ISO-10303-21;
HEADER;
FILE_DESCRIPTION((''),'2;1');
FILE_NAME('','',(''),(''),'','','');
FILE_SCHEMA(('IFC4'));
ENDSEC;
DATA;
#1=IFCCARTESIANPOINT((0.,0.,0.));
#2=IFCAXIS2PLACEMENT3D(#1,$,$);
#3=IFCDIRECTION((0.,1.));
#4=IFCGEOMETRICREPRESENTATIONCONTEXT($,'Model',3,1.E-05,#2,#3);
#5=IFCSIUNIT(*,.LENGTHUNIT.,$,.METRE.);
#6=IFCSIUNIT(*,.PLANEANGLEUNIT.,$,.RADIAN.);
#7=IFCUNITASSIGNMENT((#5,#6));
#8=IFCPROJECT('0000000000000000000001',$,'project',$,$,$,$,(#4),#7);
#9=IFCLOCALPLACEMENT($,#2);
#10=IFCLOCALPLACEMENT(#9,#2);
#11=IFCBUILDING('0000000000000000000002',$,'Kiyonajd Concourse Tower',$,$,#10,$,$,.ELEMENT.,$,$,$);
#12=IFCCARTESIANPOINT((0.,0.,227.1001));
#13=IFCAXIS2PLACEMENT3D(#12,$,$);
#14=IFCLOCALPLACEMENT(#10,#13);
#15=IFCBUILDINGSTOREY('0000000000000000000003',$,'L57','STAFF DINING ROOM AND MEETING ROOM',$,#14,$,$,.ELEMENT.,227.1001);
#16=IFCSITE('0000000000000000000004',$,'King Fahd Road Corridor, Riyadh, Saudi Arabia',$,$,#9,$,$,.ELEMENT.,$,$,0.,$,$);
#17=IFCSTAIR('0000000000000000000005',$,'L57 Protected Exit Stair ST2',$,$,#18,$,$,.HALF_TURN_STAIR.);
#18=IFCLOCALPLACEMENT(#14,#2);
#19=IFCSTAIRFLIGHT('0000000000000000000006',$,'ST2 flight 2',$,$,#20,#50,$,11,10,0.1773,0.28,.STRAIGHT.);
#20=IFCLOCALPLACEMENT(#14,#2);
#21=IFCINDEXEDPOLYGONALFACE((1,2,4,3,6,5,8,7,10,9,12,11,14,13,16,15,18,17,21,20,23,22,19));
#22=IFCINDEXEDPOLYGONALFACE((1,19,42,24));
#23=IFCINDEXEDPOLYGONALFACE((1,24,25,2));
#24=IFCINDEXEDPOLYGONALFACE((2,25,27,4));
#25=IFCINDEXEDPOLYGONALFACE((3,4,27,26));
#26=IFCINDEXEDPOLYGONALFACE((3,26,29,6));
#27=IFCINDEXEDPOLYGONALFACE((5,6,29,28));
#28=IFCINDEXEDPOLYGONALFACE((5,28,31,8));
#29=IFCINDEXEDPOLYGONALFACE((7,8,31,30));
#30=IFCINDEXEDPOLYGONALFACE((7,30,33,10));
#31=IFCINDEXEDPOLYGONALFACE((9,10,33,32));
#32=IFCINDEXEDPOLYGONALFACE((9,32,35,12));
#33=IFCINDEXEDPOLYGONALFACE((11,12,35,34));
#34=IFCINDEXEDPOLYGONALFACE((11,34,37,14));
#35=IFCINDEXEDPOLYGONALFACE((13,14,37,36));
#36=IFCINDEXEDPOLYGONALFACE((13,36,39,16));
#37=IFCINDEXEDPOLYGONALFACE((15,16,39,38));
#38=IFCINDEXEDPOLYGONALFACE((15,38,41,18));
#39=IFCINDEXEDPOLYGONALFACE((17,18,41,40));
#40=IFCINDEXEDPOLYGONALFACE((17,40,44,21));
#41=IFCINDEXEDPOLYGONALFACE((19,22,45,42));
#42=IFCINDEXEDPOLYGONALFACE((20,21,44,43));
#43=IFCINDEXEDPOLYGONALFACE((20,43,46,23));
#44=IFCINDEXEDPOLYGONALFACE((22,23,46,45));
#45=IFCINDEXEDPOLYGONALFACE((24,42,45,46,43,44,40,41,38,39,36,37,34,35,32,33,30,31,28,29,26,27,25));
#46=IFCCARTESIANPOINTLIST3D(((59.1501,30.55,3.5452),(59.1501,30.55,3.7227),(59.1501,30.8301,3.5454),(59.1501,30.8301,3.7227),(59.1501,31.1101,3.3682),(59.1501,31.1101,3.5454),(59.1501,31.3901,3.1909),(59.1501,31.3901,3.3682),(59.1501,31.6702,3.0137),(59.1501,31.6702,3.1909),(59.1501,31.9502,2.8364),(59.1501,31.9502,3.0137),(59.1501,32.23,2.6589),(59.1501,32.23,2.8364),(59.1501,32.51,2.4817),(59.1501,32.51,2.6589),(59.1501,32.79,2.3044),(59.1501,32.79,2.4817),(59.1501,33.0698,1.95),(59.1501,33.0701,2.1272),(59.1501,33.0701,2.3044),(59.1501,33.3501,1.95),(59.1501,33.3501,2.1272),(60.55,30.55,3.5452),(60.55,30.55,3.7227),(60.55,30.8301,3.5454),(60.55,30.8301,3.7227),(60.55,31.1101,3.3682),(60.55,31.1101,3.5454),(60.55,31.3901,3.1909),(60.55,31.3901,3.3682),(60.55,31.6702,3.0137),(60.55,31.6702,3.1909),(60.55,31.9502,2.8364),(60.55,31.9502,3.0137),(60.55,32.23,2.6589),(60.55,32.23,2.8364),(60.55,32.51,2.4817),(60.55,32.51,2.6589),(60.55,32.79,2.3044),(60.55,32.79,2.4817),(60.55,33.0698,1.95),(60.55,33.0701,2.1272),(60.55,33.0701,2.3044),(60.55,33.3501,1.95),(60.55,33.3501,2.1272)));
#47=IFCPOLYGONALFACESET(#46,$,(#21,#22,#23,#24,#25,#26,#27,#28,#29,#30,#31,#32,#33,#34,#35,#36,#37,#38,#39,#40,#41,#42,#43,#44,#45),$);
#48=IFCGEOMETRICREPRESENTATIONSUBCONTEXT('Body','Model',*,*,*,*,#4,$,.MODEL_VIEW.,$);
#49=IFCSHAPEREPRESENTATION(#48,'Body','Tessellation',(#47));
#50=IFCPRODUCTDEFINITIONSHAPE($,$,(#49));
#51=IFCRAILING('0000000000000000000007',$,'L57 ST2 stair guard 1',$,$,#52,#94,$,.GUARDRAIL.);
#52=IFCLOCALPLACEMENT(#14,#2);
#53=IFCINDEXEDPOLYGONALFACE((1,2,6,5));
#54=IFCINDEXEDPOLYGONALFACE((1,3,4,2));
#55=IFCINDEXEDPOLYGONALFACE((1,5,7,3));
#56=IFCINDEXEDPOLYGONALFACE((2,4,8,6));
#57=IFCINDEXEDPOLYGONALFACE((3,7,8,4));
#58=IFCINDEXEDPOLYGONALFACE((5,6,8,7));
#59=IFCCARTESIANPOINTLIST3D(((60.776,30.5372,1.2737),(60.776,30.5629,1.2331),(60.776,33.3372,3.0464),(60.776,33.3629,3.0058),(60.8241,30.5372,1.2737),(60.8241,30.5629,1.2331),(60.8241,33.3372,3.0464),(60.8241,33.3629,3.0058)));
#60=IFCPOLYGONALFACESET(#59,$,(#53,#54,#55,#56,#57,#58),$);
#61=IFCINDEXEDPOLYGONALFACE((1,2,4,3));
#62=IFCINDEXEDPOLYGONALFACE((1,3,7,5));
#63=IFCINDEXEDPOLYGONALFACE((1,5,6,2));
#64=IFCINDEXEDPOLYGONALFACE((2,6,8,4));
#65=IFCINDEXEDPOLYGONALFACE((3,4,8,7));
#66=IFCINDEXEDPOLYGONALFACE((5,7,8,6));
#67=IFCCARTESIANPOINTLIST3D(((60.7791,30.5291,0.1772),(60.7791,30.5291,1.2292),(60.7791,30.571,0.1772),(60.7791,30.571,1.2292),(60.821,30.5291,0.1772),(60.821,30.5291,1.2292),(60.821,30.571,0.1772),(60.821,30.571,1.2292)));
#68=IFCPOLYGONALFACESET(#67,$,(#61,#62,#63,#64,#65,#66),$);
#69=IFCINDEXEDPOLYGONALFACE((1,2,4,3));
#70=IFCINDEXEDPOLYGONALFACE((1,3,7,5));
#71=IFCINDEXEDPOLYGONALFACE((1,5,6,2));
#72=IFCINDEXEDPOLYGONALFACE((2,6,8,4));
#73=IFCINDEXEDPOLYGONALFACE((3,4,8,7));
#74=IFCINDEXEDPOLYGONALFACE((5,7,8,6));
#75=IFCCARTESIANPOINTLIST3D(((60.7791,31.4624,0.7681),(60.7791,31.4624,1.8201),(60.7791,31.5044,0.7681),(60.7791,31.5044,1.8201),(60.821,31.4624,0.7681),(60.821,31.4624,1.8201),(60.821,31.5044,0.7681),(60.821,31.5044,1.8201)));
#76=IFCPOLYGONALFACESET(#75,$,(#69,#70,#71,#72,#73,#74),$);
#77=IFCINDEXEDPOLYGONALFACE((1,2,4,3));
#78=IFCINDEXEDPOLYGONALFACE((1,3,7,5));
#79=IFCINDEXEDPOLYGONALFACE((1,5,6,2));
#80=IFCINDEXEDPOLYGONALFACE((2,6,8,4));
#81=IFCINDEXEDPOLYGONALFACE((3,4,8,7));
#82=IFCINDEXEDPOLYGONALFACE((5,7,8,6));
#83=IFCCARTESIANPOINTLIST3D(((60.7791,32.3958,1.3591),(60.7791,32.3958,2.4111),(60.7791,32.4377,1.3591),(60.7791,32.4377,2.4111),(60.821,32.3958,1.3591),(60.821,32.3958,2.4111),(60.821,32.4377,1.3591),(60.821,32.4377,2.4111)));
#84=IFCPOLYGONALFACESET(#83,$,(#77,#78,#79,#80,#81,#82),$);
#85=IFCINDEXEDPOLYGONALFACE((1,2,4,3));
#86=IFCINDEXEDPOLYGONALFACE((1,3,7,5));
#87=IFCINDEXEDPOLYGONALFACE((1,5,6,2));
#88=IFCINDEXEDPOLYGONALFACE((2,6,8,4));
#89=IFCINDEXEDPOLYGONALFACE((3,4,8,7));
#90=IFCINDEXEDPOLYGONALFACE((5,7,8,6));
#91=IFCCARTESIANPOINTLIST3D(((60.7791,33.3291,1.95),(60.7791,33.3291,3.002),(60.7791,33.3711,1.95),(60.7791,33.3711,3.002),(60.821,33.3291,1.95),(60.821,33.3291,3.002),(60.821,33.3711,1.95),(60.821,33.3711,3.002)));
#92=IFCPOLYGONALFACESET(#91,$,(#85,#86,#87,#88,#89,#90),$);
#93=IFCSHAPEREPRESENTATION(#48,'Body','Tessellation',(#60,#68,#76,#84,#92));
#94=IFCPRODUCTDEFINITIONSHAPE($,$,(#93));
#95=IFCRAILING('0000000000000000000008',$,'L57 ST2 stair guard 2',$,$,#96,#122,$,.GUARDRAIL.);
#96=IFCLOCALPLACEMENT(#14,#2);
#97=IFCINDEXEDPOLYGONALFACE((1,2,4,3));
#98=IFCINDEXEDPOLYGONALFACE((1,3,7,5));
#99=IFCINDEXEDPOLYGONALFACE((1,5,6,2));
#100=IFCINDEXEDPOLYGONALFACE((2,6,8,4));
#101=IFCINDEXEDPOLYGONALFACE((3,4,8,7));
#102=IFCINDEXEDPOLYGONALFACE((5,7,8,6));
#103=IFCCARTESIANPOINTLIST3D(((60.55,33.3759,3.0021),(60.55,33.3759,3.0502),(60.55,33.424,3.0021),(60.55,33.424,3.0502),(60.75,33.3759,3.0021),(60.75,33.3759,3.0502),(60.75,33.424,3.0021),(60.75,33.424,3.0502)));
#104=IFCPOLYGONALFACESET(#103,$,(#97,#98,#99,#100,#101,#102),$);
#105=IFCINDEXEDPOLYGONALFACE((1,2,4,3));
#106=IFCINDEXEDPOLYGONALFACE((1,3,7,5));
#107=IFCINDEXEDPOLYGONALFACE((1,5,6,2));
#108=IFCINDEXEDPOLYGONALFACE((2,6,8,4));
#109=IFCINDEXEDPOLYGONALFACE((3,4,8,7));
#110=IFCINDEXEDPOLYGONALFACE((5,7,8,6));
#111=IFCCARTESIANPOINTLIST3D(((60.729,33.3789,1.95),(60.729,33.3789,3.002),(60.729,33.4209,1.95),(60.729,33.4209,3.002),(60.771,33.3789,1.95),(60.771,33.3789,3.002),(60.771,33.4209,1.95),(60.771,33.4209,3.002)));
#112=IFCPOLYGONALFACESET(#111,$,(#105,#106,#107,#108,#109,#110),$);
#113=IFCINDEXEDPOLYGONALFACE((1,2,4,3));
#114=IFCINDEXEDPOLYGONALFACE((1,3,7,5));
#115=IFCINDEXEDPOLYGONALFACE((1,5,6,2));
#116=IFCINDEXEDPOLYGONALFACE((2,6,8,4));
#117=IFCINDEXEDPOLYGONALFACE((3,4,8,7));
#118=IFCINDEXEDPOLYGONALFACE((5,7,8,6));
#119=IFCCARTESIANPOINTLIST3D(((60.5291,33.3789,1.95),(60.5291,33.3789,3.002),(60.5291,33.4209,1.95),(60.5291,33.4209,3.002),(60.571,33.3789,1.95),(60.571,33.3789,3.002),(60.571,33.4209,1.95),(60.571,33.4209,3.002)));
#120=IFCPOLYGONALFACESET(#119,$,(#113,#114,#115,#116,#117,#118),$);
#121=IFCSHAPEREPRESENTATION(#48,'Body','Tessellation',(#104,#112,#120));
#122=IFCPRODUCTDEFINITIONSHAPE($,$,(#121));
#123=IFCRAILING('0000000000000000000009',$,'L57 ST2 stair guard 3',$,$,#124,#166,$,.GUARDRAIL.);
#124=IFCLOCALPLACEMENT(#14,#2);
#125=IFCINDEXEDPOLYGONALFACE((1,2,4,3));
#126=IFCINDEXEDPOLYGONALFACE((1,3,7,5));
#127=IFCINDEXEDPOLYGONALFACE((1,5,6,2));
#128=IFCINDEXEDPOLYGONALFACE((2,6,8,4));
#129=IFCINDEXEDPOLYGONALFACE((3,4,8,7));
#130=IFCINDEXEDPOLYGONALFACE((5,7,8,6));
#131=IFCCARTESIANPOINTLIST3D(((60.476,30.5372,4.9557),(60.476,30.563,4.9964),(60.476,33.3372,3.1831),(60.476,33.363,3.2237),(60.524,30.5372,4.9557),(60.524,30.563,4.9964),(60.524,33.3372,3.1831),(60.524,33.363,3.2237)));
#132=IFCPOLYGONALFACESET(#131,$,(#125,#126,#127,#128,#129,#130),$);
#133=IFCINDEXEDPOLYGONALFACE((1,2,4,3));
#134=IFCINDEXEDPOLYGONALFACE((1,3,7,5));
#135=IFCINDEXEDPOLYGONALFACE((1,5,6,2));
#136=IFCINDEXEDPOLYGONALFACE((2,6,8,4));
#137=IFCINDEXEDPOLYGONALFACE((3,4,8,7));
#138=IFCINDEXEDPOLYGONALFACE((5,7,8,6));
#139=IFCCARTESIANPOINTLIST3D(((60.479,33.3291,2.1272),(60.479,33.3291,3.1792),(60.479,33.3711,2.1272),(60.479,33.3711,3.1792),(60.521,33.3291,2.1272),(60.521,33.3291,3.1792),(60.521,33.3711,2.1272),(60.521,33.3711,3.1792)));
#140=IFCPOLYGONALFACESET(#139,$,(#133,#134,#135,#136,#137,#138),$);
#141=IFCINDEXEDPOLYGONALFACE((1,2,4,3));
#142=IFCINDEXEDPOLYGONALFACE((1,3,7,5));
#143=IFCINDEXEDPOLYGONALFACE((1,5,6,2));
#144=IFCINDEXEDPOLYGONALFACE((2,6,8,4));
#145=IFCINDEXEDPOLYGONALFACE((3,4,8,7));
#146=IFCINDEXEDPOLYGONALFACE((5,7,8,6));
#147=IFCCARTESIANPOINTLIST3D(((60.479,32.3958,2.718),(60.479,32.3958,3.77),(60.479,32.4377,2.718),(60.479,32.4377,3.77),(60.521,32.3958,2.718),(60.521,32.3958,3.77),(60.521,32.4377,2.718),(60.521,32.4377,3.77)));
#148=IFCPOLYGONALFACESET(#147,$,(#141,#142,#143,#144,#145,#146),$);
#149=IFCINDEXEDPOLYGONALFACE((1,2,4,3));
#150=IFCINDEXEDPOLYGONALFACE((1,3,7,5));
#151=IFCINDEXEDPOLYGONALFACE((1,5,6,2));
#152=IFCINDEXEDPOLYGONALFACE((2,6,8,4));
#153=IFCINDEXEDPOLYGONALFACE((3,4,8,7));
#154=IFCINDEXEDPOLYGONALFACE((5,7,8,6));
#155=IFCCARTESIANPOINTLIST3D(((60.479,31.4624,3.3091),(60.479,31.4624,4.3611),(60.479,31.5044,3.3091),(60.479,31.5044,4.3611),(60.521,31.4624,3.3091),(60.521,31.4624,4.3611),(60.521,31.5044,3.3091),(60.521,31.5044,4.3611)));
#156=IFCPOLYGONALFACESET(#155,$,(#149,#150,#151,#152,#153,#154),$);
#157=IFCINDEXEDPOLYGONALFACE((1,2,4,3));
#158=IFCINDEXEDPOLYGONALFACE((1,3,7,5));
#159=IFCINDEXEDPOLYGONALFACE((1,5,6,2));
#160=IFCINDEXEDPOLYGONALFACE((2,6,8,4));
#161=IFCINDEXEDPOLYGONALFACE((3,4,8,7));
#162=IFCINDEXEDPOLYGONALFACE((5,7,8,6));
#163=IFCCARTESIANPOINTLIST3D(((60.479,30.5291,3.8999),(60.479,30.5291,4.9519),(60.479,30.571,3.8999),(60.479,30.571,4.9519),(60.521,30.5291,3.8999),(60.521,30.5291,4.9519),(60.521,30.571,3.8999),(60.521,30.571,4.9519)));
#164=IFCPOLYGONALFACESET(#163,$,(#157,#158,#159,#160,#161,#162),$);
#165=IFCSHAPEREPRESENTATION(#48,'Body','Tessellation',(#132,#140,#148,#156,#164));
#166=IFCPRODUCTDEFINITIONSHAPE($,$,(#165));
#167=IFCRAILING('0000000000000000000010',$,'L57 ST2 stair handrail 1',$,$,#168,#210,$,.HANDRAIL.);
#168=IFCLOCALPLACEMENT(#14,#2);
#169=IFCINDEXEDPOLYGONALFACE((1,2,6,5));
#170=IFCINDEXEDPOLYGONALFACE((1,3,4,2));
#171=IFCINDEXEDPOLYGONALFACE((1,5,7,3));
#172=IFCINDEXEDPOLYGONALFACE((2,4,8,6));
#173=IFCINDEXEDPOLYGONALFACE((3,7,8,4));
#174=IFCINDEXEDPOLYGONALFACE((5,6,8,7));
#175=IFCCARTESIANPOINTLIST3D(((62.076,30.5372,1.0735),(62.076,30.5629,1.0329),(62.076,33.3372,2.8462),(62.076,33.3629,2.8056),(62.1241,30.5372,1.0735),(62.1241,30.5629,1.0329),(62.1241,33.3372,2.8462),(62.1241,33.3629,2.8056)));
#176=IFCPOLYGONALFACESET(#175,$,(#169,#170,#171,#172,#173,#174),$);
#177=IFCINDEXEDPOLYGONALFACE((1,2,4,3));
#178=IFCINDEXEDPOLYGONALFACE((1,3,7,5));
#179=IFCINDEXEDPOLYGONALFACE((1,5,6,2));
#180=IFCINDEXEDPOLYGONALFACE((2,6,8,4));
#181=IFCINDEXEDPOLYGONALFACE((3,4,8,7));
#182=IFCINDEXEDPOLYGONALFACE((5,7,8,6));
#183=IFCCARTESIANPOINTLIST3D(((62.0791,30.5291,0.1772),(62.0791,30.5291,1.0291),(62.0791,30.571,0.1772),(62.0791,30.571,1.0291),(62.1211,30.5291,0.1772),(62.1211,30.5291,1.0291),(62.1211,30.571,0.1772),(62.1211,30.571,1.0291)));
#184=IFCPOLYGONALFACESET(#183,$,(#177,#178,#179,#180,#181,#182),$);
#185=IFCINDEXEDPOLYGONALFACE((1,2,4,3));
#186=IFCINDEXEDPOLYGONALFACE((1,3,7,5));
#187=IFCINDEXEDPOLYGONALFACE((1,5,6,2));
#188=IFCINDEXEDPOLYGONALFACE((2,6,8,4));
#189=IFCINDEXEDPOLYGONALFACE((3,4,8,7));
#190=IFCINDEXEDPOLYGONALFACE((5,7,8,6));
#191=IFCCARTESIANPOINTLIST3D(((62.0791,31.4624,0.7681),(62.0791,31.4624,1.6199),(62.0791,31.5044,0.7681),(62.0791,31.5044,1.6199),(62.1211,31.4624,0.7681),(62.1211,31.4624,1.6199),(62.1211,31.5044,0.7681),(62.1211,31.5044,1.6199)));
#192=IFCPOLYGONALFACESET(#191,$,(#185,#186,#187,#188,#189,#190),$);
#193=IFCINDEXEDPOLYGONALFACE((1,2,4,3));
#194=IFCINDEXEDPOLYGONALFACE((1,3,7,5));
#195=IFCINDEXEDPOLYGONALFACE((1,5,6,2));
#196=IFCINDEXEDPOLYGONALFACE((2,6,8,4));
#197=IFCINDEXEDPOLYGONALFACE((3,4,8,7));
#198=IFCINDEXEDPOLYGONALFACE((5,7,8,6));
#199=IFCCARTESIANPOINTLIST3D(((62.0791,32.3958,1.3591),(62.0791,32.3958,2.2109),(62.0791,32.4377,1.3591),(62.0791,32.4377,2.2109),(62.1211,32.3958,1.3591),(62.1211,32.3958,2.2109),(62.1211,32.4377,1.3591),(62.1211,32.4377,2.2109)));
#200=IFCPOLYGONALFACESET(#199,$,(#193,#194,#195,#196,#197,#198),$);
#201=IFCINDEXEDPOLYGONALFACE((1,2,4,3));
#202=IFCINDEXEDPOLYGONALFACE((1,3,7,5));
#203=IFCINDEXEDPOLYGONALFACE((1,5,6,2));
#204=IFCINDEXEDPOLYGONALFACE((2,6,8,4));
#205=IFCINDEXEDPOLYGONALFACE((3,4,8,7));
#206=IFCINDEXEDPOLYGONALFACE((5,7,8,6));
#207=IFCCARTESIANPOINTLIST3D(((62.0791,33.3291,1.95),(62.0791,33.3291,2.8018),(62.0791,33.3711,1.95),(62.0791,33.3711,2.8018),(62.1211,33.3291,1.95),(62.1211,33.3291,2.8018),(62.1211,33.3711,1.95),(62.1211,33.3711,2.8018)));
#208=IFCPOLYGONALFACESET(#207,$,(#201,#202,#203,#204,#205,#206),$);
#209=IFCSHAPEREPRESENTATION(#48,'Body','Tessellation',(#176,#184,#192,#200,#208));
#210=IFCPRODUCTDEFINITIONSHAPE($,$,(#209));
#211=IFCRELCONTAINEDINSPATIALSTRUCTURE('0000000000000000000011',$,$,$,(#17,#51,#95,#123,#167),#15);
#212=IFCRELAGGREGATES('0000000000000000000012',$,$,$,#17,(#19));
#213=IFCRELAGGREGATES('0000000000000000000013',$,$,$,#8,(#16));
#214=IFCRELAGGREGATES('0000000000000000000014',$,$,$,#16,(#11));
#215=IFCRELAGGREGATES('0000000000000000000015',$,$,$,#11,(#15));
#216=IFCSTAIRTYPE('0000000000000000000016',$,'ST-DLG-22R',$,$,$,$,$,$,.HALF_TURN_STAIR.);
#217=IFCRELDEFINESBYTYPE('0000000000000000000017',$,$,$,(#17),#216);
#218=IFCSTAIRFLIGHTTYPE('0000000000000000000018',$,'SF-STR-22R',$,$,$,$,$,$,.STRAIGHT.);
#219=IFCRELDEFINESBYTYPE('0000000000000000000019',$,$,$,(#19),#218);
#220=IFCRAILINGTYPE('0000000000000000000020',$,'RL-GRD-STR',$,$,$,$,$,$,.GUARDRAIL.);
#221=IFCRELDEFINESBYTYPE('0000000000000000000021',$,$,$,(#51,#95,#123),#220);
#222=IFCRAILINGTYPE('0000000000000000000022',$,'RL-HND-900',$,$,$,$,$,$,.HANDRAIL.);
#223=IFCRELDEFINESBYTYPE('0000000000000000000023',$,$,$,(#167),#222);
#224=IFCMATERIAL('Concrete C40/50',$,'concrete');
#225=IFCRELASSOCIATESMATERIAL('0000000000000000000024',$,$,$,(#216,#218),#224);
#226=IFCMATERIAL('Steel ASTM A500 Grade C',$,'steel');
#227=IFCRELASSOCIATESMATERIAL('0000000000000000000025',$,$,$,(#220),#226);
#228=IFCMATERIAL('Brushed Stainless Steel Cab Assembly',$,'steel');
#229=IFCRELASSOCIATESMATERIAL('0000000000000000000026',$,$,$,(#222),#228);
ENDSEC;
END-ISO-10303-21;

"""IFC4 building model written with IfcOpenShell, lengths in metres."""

from ifc_helpers import new_model, si_unit, direction, frame, origin, origin_2d, place, context, subcontext, project, spatial, polyline, rectangle, outline, extrude, material, type_object, element, aggregate, save


model = new_model("IFC4")

# Units and contexts
model_context = context("Model", 3, precision=1e-05, world=origin(), true_north=direction((0.0, 1.0)))
body_context = subcontext(model_context, "Body", "Model", "MODEL_VIEW")
ifc_project = project(units=[si_unit("LENGTHUNIT", "METRE"), si_unit("PLANEANGLEUNIT", "RADIAN")], contexts=[model_context])

# Site, building, storey
site_placement = place(None, origin())
site = spatial("IfcSite", under=ifc_project, at=site_placement, Name="King Fahd Road Corridor, Riyadh, Saudi Arabia", CompositionType="ELEMENT", RefElevation=0.0)
building_placement = place(site_placement, origin())
building = spatial("IfcBuilding", under=site, at=building_placement, Name="Kiyonajd Concourse Tower", CompositionType="ELEMENT")
storey_placement = place(building_placement, frame((0.0, 0.0, 227.1001)))
storey = spatial("IfcBuildingStorey", under=building, at=storey_placement, Name="L57", Description="STAFF DINING ROOM AND MEETING ROOM", CompositionType="ELEMENT", Elevation=227.1001)

# Shared definitions
ifc_material_1 = material(Name="Brushed Stainless Steel Cab Assembly", Category="steel")

# Stair, stair flight
ifc_material_2 = material(Name="Concrete C40/50", Category="concrete")
stair_type = type_object("IfcStairType", Name="ST-DLG-22R", PredefinedType="HALF_TURN_STAIR", material=ifc_material_2)
stair_placement = place(storey_placement, origin())
stair = element("IfcStair", 1, at=stair_placement, inside=storey, type_object=stair_type, Name="L57 Protected Exit Stair ST2", PredefinedType="HALF_TURN_STAIR")
stair_flight_type = type_object("IfcStairFlightType", Name="SF-STR-22R", PredefinedType="STRAIGHT", material=ifc_material_2)
stair_flight_1_placement = place(storey_placement, frame((59.8501, 33.3501, 1.95), z_axis=(0.0, 0.0, 1.0), x_axis=(0.0, -1.0, 0.0)))
stair_flight_1 = element("IfcStairFlight", 2, at=stair_flight_1_placement, type_object=stair_flight_type, Name="ST2 flight 2", NumberOfRisers=11, NumberOfTreads=10, PredefinedType="STRAIGHT", RiserHeight=0.1773, TreadLength=0.28, context=body_context, shape_type="SweptSolid", body=[
    extrude(outline(polyline([(0.0, 0.0), (0.0, 0.1772), (0.28, 0.1772), (0.28, 0.3545), (0.5601, 0.3545), (0.5601, 0.5317), (0.8401, 0.5317), (0.8401, 0.709), (1.1201, 0.709), (1.1201, 0.8865), (1.3999, 0.8865), (1.3999, 1.0637), (1.6799, 1.0637), (1.6799, 1.241), (1.96, 1.241), (1.96, 1.4182), (2.24, 1.4182), (2.24, 1.5955), (2.52, 1.5955), (2.52, 1.7727), (2.8, 1.7727), (2.8, 1.95), (2.8, 1.5952), (0.2803, 0.0), (0.0, 0.0)])), frame((0.0, 0.7, 0.0), z_axis=(0.0, -1.0, 0.0), x_axis=(1.0, 0.0, 0.0)), (0.0, 0.0, 1.0), 1.3999),
])
aggregate(stair, [stair_flight_1])

# Railings
ifc_material_3 = material(Name="Steel ASTM A500 Grade C", Category="steel")
railing_type_1 = type_object("IfcRailingType", Name="RL-GRD-STR", PredefinedType="GUARDRAIL", material=ifc_material_3)
railing_1_placement = place(storey_placement, frame((60.8, 30.55, 0.1772)))
element("IfcRailing", 3, at=railing_1_placement, inside=storey, type_object=railing_type_1, Name="L57 ST2 stair guard 1", PredefinedType="GUARDRAIL", context=body_context, shape_type="SweptSolid", body=[
    extrude(rectangle(XDim=0.0481, YDim=0.0481, at=origin_2d()), frame((0.0, 0.0, 1.0762), z_axis=(0.0, 0.844909, 0.53491), x_axis=(-1.0, 0.0, 0.0)), (0.0, 0.0, 1.0), 3.314),
    extrude(rectangle(XDim=0.042, YDim=0.042, at=origin_2d()), origin(), (0.0, 0.0, 1.0), 1.052),
    extrude(rectangle(XDim=0.042, YDim=0.042, at=origin_2d()), frame((0.0, 0.9333, 0.5908)), (0.0, 0.0, 1.0), 1.052),
    extrude(rectangle(XDim=0.042, YDim=0.042, at=origin_2d()), frame((0.0, 1.8667, 1.1819)), (0.0, 0.0, 1.0), 1.052),
    extrude(rectangle(XDim=0.042, YDim=0.042, at=origin_2d()), frame((0.0, 2.8, 1.7727)), (0.0, 0.0, 1.0), 1.052),
])
railing_2_placement = place(storey_placement, frame((60.75, 33.3999, 1.95)))
element("IfcRailing", 4, at=railing_2_placement, inside=storey, type_object=railing_type_1, Name="L57 ST2 stair guard 2", PredefinedType="GUARDRAIL", context=body_context, shape_type="SweptSolid", body=[
    extrude(rectangle(XDim=0.0481, YDim=0.0481, at=origin_2d()), frame((0.0, 0.0, 1.0762), z_axis=(-1.0, 0.0, 0.0), x_axis=(0.0, -1.0, 0.0)), (0.0, 0.0, 1.0), 0.2),
    extrude(rectangle(XDim=0.042, YDim=0.042, at=origin_2d()), origin(), (0.0, 0.0, 1.0), 1.052),
    extrude(rectangle(XDim=0.042, YDim=0.042, at=origin_2d()), frame((-0.2, 0.0, 0.0)), (0.0, 0.0, 1.0), 1.052),
])
railing_3_placement = place(storey_placement, frame((60.5, 33.3501, 2.1272)))
element("IfcRailing", 5, at=railing_3_placement, inside=storey, type_object=railing_type_1, Name="L57 ST2 stair guard 3", PredefinedType="GUARDRAIL", context=body_context, shape_type="SweptSolid", body=[
    extrude(rectangle(XDim=0.0481, YDim=0.0481, at=origin_2d()), frame((0.0, 0.0, 1.0762), z_axis=(0.0, -0.844909, 0.53491), x_axis=(1.0, 0.0, 0.0)), (0.0, 0.0, 1.0), 3.314),
    extrude(rectangle(XDim=0.042, YDim=0.042, at=origin_2d()), origin(), (0.0, 0.0, 1.0), 1.052),
    extrude(rectangle(XDim=0.042, YDim=0.042, at=origin_2d()), frame((0.0, -0.9333, 0.5908)), (0.0, 0.0, 1.0), 1.052),
    extrude(rectangle(XDim=0.042, YDim=0.042, at=origin_2d()), frame((0.0, -1.8667, 1.1819)), (0.0, 0.0, 1.0), 1.052),
    extrude(rectangle(XDim=0.042, YDim=0.042, at=origin_2d()), frame((0.0, -2.8, 1.7727)), (0.0, 0.0, 1.0), 1.052),
])
railing_type_2 = type_object("IfcRailingType", Name="RL-HND-900", PredefinedType="HANDRAIL", material=ifc_material_1)
railing_4_placement = place(storey_placement, frame((62.1001, 30.55, 0.1772)))
element("IfcRailing", 6, at=railing_4_placement, inside=storey, type_object=railing_type_2, Name="L57 ST2 stair handrail 1", PredefinedType="HANDRAIL", context=body_context, shape_type="SweptSolid", body=[
    extrude(rectangle(XDim=0.0481, YDim=0.0481, at=origin_2d()), frame((0.0, 0.0, 0.876), z_axis=(0.0, 0.844909, 0.53491), x_axis=(-1.0, 0.0, 0.0)), (0.0, 0.0, 1.0), 3.314),
    extrude(rectangle(XDim=0.042, YDim=0.042, at=origin_2d()), origin(), (0.0, 0.0, 1.0), 0.8518),
    extrude(rectangle(XDim=0.042, YDim=0.042, at=origin_2d()), frame((0.0, 0.9333, 0.5908)), (0.0, 0.0, 1.0), 0.8518),
    extrude(rectangle(XDim=0.042, YDim=0.042, at=origin_2d()), frame((0.0, 1.8667, 1.1819)), (0.0, 0.0, 1.0), 0.8518),
    extrude(rectangle(XDim=0.042, YDim=0.042, at=origin_2d()), frame((0.0, 2.8, 1.7727)), (0.0, 0.0, 1.0), 0.8518),
])

save(model, "model.ifc")
